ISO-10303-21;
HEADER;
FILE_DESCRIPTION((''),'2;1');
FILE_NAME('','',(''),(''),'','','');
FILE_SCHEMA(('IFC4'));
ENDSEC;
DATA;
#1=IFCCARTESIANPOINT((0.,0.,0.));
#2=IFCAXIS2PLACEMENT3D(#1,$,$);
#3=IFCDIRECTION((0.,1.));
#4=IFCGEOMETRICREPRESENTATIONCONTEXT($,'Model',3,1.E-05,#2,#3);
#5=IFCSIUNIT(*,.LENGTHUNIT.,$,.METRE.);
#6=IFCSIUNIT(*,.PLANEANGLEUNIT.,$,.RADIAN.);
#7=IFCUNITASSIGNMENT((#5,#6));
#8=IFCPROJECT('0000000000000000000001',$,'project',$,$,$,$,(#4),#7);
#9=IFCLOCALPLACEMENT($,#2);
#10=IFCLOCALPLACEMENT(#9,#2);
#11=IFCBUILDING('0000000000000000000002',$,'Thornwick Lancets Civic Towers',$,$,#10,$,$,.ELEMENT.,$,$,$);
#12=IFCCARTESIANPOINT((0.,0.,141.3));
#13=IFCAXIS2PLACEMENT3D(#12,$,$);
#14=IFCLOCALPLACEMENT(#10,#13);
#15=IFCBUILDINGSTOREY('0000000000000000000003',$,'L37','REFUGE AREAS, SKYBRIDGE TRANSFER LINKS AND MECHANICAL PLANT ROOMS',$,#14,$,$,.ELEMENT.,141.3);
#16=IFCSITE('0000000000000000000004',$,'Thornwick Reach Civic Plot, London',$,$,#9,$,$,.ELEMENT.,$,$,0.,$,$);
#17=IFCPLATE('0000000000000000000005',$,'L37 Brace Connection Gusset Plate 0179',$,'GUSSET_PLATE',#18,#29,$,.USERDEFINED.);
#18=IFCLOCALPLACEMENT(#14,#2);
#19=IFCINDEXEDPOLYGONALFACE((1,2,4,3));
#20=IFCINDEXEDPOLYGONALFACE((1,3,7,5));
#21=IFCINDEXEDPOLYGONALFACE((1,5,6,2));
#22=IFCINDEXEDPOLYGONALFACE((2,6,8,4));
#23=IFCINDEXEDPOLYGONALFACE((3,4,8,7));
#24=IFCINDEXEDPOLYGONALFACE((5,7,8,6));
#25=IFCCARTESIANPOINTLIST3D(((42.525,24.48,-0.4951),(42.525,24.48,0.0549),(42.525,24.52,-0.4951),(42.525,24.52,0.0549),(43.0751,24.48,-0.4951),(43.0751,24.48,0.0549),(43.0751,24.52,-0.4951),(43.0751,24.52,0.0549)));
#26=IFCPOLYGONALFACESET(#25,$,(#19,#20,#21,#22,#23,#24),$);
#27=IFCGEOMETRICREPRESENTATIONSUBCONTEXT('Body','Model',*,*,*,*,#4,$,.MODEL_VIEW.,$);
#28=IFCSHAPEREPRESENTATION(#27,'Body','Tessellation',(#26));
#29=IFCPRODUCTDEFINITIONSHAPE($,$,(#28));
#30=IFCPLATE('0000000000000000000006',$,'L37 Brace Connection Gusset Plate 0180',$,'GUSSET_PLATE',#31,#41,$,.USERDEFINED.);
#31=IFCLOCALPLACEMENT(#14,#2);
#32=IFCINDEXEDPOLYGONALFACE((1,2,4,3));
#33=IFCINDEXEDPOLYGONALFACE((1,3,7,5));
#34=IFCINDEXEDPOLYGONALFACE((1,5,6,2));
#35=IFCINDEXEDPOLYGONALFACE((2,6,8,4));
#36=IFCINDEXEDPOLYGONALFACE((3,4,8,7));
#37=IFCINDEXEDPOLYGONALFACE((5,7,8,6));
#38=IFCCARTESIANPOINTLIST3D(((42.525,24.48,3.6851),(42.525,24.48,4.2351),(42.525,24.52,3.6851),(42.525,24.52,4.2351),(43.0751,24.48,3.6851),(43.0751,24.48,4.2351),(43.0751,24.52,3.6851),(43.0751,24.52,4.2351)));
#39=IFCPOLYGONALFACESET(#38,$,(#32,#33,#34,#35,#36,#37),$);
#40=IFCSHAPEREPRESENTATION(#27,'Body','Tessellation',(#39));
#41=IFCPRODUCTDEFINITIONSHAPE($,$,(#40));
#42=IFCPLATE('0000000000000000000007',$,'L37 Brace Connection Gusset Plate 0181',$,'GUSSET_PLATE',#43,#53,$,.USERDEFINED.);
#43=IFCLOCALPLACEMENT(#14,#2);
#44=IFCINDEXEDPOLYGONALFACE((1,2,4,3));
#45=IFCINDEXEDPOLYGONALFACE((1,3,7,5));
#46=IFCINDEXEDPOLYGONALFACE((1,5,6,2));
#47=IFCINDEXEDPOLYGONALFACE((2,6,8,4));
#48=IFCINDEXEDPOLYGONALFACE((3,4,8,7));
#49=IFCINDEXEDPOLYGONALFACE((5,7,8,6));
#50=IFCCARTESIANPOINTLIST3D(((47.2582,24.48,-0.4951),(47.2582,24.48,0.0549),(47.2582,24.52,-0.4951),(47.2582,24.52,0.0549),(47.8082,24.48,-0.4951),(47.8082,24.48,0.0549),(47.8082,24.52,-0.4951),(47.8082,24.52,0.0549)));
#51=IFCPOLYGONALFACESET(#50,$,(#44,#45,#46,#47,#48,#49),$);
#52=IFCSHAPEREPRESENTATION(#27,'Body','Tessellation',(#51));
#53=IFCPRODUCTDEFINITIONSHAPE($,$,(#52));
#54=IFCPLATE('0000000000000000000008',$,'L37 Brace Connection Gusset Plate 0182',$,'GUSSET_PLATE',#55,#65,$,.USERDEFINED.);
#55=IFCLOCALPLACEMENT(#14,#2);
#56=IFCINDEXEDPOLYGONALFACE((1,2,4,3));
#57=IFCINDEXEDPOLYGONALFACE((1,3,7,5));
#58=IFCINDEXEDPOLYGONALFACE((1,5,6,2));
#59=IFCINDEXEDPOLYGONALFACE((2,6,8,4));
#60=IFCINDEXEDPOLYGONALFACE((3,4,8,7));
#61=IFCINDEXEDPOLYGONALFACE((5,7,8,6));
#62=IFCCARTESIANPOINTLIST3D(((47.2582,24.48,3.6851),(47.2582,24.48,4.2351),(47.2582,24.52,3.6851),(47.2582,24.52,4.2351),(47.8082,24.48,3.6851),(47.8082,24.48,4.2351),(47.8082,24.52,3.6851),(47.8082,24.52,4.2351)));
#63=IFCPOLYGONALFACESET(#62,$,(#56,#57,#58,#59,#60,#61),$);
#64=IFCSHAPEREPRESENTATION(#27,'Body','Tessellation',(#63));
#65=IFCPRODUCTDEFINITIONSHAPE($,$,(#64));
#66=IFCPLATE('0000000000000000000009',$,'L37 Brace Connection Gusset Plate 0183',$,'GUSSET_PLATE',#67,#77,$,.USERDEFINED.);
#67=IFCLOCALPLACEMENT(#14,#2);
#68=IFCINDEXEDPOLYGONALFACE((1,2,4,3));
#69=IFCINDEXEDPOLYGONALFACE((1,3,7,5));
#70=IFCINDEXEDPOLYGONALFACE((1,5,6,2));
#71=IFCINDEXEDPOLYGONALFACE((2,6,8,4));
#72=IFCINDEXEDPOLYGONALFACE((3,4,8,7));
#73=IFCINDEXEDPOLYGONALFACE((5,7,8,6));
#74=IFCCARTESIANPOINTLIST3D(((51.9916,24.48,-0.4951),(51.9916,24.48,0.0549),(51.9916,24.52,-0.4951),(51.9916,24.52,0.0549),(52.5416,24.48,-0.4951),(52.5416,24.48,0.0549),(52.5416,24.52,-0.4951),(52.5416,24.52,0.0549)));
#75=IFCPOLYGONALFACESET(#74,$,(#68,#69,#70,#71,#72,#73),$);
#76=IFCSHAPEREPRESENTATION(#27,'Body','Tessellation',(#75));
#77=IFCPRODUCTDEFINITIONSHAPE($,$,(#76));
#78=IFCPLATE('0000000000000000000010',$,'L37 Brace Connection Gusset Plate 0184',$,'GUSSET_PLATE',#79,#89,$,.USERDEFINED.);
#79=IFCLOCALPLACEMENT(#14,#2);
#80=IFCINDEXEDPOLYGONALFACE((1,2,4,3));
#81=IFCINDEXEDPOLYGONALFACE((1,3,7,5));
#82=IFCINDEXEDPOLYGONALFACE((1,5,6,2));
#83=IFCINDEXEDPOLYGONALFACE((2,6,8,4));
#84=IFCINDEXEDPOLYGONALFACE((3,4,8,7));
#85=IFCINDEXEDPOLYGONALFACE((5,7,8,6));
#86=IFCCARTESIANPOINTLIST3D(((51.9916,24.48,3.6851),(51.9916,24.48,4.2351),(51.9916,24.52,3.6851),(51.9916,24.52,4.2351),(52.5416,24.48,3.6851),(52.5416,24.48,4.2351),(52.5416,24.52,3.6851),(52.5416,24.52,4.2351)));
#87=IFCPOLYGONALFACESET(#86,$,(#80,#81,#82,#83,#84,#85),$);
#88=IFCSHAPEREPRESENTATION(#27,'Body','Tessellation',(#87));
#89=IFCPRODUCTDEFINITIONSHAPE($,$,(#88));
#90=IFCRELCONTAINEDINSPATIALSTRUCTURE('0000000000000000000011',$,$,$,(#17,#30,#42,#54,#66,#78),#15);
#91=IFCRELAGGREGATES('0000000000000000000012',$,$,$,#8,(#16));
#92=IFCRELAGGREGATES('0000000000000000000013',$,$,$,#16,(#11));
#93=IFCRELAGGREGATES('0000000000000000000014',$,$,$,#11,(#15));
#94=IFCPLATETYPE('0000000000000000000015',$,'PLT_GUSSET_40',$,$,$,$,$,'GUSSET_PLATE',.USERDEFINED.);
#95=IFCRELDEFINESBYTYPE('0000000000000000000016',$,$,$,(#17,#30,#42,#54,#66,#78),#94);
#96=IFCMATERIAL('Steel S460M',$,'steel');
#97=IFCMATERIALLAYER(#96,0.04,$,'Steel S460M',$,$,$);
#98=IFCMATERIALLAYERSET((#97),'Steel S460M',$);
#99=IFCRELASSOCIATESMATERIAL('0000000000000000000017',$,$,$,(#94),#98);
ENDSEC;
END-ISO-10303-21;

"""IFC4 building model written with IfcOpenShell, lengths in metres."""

from ifc_helpers import new_model, si_unit, direction, frame, origin, origin_2d, place, context, subcontext, project, spatial, rectangle, extrude, material, layer, layer_set, type_object, element, save


model = new_model("IFC4")

# Units and contexts
model_context = context("Model", 3, precision=1e-05, world=origin(), true_north=direction((0.0, 1.0)))
body_context = subcontext(model_context, "Body", "Model", "MODEL_VIEW")
ifc_project = project(units=[si_unit("LENGTHUNIT", "METRE"), si_unit("PLANEANGLEUNIT", "RADIAN")], contexts=[model_context])

# Site, building, storey
site_placement = place(None, origin())
site = spatial("IfcSite", under=ifc_project, at=site_placement, Name="Thornwick Reach Civic Plot, London", CompositionType="ELEMENT", RefElevation=0.0)
building_placement = place(site_placement, origin())
building = spatial("IfcBuilding", under=site, at=building_placement, Name="Thornwick Lancets Civic Towers", CompositionType="ELEMENT")
storey_placement = place(building_placement, frame((0.0, 0.0, 141.3)))
storey = spatial("IfcBuildingStorey", under=building, at=storey_placement, Name="L37", Description="REFUGE AREAS, SKYBRIDGE TRANSFER LINKS AND MECHANICAL PLANT ROOMS", CompositionType="ELEMENT", Elevation=141.3)

# Shared definitions
ifc_material_1 = material(Name="Steel S460M", Category="steel")

# Plates
ifc_layer = layer(ifc_material_1, 0.04, Name="Steel S460M")
ifc_layer_set = layer_set([ifc_layer], Name="Steel S460M")
plate_type = type_object("IfcPlateType", Name="PLT_GUSSET_40", ElementType="GUSSET_PLATE", PredefinedType="USERDEFINED", material=ifc_layer_set)
for number, where, z_axis, x_axis, name in (
    (1, (42.8, 24.5, -0.4951), (0.0, 0.0, 1.0), (1.0, 0.0, 0.0), "L37 Brace Connection Gusset Plate 0179"),
    (2, (42.8, 24.5, 3.6851), (0.0, 0.0, 1.0), (1.0, 0.0, 0.0), "L37 Brace Connection Gusset Plate 0180"),
    (3, (47.5332, 24.5, -0.4951), (0.0, 0.0, 1.0), (1.0, 0.0, 0.0), "L37 Brace Connection Gusset Plate 0181"),
    (4, (47.5332, 24.5, 3.6851), (0.0, 0.0, 1.0), (1.0, 0.0, 0.0), "L37 Brace Connection Gusset Plate 0182"),
    (5, (52.2666, 24.5, -0.4951), (0.0, 0.0, 1.0), (1.0, 0.0, 0.0), "L37 Brace Connection Gusset Plate 0183"),
    (6, (52.2666, 24.5, 3.6851), (0.0, 0.0, 1.0), (1.0, 0.0, 0.0), "L37 Brace Connection Gusset Plate 0184"),
):
    element("IfcPlate", number, at=place(storey_placement, frame(where, z_axis=z_axis, x_axis=x_axis)), inside=storey, type_object=plate_type, Name=name, ObjectType="GUSSET_PLATE", PredefinedType="USERDEFINED", context=body_context, shape_type="SweptSolid", body=[
        extrude(rectangle(XDim=0.55, YDim=0.04, at=origin_2d()), origin(), (0.0, 0.0, 1.0), 0.55),
    ])

save(model, "model.ifc")
